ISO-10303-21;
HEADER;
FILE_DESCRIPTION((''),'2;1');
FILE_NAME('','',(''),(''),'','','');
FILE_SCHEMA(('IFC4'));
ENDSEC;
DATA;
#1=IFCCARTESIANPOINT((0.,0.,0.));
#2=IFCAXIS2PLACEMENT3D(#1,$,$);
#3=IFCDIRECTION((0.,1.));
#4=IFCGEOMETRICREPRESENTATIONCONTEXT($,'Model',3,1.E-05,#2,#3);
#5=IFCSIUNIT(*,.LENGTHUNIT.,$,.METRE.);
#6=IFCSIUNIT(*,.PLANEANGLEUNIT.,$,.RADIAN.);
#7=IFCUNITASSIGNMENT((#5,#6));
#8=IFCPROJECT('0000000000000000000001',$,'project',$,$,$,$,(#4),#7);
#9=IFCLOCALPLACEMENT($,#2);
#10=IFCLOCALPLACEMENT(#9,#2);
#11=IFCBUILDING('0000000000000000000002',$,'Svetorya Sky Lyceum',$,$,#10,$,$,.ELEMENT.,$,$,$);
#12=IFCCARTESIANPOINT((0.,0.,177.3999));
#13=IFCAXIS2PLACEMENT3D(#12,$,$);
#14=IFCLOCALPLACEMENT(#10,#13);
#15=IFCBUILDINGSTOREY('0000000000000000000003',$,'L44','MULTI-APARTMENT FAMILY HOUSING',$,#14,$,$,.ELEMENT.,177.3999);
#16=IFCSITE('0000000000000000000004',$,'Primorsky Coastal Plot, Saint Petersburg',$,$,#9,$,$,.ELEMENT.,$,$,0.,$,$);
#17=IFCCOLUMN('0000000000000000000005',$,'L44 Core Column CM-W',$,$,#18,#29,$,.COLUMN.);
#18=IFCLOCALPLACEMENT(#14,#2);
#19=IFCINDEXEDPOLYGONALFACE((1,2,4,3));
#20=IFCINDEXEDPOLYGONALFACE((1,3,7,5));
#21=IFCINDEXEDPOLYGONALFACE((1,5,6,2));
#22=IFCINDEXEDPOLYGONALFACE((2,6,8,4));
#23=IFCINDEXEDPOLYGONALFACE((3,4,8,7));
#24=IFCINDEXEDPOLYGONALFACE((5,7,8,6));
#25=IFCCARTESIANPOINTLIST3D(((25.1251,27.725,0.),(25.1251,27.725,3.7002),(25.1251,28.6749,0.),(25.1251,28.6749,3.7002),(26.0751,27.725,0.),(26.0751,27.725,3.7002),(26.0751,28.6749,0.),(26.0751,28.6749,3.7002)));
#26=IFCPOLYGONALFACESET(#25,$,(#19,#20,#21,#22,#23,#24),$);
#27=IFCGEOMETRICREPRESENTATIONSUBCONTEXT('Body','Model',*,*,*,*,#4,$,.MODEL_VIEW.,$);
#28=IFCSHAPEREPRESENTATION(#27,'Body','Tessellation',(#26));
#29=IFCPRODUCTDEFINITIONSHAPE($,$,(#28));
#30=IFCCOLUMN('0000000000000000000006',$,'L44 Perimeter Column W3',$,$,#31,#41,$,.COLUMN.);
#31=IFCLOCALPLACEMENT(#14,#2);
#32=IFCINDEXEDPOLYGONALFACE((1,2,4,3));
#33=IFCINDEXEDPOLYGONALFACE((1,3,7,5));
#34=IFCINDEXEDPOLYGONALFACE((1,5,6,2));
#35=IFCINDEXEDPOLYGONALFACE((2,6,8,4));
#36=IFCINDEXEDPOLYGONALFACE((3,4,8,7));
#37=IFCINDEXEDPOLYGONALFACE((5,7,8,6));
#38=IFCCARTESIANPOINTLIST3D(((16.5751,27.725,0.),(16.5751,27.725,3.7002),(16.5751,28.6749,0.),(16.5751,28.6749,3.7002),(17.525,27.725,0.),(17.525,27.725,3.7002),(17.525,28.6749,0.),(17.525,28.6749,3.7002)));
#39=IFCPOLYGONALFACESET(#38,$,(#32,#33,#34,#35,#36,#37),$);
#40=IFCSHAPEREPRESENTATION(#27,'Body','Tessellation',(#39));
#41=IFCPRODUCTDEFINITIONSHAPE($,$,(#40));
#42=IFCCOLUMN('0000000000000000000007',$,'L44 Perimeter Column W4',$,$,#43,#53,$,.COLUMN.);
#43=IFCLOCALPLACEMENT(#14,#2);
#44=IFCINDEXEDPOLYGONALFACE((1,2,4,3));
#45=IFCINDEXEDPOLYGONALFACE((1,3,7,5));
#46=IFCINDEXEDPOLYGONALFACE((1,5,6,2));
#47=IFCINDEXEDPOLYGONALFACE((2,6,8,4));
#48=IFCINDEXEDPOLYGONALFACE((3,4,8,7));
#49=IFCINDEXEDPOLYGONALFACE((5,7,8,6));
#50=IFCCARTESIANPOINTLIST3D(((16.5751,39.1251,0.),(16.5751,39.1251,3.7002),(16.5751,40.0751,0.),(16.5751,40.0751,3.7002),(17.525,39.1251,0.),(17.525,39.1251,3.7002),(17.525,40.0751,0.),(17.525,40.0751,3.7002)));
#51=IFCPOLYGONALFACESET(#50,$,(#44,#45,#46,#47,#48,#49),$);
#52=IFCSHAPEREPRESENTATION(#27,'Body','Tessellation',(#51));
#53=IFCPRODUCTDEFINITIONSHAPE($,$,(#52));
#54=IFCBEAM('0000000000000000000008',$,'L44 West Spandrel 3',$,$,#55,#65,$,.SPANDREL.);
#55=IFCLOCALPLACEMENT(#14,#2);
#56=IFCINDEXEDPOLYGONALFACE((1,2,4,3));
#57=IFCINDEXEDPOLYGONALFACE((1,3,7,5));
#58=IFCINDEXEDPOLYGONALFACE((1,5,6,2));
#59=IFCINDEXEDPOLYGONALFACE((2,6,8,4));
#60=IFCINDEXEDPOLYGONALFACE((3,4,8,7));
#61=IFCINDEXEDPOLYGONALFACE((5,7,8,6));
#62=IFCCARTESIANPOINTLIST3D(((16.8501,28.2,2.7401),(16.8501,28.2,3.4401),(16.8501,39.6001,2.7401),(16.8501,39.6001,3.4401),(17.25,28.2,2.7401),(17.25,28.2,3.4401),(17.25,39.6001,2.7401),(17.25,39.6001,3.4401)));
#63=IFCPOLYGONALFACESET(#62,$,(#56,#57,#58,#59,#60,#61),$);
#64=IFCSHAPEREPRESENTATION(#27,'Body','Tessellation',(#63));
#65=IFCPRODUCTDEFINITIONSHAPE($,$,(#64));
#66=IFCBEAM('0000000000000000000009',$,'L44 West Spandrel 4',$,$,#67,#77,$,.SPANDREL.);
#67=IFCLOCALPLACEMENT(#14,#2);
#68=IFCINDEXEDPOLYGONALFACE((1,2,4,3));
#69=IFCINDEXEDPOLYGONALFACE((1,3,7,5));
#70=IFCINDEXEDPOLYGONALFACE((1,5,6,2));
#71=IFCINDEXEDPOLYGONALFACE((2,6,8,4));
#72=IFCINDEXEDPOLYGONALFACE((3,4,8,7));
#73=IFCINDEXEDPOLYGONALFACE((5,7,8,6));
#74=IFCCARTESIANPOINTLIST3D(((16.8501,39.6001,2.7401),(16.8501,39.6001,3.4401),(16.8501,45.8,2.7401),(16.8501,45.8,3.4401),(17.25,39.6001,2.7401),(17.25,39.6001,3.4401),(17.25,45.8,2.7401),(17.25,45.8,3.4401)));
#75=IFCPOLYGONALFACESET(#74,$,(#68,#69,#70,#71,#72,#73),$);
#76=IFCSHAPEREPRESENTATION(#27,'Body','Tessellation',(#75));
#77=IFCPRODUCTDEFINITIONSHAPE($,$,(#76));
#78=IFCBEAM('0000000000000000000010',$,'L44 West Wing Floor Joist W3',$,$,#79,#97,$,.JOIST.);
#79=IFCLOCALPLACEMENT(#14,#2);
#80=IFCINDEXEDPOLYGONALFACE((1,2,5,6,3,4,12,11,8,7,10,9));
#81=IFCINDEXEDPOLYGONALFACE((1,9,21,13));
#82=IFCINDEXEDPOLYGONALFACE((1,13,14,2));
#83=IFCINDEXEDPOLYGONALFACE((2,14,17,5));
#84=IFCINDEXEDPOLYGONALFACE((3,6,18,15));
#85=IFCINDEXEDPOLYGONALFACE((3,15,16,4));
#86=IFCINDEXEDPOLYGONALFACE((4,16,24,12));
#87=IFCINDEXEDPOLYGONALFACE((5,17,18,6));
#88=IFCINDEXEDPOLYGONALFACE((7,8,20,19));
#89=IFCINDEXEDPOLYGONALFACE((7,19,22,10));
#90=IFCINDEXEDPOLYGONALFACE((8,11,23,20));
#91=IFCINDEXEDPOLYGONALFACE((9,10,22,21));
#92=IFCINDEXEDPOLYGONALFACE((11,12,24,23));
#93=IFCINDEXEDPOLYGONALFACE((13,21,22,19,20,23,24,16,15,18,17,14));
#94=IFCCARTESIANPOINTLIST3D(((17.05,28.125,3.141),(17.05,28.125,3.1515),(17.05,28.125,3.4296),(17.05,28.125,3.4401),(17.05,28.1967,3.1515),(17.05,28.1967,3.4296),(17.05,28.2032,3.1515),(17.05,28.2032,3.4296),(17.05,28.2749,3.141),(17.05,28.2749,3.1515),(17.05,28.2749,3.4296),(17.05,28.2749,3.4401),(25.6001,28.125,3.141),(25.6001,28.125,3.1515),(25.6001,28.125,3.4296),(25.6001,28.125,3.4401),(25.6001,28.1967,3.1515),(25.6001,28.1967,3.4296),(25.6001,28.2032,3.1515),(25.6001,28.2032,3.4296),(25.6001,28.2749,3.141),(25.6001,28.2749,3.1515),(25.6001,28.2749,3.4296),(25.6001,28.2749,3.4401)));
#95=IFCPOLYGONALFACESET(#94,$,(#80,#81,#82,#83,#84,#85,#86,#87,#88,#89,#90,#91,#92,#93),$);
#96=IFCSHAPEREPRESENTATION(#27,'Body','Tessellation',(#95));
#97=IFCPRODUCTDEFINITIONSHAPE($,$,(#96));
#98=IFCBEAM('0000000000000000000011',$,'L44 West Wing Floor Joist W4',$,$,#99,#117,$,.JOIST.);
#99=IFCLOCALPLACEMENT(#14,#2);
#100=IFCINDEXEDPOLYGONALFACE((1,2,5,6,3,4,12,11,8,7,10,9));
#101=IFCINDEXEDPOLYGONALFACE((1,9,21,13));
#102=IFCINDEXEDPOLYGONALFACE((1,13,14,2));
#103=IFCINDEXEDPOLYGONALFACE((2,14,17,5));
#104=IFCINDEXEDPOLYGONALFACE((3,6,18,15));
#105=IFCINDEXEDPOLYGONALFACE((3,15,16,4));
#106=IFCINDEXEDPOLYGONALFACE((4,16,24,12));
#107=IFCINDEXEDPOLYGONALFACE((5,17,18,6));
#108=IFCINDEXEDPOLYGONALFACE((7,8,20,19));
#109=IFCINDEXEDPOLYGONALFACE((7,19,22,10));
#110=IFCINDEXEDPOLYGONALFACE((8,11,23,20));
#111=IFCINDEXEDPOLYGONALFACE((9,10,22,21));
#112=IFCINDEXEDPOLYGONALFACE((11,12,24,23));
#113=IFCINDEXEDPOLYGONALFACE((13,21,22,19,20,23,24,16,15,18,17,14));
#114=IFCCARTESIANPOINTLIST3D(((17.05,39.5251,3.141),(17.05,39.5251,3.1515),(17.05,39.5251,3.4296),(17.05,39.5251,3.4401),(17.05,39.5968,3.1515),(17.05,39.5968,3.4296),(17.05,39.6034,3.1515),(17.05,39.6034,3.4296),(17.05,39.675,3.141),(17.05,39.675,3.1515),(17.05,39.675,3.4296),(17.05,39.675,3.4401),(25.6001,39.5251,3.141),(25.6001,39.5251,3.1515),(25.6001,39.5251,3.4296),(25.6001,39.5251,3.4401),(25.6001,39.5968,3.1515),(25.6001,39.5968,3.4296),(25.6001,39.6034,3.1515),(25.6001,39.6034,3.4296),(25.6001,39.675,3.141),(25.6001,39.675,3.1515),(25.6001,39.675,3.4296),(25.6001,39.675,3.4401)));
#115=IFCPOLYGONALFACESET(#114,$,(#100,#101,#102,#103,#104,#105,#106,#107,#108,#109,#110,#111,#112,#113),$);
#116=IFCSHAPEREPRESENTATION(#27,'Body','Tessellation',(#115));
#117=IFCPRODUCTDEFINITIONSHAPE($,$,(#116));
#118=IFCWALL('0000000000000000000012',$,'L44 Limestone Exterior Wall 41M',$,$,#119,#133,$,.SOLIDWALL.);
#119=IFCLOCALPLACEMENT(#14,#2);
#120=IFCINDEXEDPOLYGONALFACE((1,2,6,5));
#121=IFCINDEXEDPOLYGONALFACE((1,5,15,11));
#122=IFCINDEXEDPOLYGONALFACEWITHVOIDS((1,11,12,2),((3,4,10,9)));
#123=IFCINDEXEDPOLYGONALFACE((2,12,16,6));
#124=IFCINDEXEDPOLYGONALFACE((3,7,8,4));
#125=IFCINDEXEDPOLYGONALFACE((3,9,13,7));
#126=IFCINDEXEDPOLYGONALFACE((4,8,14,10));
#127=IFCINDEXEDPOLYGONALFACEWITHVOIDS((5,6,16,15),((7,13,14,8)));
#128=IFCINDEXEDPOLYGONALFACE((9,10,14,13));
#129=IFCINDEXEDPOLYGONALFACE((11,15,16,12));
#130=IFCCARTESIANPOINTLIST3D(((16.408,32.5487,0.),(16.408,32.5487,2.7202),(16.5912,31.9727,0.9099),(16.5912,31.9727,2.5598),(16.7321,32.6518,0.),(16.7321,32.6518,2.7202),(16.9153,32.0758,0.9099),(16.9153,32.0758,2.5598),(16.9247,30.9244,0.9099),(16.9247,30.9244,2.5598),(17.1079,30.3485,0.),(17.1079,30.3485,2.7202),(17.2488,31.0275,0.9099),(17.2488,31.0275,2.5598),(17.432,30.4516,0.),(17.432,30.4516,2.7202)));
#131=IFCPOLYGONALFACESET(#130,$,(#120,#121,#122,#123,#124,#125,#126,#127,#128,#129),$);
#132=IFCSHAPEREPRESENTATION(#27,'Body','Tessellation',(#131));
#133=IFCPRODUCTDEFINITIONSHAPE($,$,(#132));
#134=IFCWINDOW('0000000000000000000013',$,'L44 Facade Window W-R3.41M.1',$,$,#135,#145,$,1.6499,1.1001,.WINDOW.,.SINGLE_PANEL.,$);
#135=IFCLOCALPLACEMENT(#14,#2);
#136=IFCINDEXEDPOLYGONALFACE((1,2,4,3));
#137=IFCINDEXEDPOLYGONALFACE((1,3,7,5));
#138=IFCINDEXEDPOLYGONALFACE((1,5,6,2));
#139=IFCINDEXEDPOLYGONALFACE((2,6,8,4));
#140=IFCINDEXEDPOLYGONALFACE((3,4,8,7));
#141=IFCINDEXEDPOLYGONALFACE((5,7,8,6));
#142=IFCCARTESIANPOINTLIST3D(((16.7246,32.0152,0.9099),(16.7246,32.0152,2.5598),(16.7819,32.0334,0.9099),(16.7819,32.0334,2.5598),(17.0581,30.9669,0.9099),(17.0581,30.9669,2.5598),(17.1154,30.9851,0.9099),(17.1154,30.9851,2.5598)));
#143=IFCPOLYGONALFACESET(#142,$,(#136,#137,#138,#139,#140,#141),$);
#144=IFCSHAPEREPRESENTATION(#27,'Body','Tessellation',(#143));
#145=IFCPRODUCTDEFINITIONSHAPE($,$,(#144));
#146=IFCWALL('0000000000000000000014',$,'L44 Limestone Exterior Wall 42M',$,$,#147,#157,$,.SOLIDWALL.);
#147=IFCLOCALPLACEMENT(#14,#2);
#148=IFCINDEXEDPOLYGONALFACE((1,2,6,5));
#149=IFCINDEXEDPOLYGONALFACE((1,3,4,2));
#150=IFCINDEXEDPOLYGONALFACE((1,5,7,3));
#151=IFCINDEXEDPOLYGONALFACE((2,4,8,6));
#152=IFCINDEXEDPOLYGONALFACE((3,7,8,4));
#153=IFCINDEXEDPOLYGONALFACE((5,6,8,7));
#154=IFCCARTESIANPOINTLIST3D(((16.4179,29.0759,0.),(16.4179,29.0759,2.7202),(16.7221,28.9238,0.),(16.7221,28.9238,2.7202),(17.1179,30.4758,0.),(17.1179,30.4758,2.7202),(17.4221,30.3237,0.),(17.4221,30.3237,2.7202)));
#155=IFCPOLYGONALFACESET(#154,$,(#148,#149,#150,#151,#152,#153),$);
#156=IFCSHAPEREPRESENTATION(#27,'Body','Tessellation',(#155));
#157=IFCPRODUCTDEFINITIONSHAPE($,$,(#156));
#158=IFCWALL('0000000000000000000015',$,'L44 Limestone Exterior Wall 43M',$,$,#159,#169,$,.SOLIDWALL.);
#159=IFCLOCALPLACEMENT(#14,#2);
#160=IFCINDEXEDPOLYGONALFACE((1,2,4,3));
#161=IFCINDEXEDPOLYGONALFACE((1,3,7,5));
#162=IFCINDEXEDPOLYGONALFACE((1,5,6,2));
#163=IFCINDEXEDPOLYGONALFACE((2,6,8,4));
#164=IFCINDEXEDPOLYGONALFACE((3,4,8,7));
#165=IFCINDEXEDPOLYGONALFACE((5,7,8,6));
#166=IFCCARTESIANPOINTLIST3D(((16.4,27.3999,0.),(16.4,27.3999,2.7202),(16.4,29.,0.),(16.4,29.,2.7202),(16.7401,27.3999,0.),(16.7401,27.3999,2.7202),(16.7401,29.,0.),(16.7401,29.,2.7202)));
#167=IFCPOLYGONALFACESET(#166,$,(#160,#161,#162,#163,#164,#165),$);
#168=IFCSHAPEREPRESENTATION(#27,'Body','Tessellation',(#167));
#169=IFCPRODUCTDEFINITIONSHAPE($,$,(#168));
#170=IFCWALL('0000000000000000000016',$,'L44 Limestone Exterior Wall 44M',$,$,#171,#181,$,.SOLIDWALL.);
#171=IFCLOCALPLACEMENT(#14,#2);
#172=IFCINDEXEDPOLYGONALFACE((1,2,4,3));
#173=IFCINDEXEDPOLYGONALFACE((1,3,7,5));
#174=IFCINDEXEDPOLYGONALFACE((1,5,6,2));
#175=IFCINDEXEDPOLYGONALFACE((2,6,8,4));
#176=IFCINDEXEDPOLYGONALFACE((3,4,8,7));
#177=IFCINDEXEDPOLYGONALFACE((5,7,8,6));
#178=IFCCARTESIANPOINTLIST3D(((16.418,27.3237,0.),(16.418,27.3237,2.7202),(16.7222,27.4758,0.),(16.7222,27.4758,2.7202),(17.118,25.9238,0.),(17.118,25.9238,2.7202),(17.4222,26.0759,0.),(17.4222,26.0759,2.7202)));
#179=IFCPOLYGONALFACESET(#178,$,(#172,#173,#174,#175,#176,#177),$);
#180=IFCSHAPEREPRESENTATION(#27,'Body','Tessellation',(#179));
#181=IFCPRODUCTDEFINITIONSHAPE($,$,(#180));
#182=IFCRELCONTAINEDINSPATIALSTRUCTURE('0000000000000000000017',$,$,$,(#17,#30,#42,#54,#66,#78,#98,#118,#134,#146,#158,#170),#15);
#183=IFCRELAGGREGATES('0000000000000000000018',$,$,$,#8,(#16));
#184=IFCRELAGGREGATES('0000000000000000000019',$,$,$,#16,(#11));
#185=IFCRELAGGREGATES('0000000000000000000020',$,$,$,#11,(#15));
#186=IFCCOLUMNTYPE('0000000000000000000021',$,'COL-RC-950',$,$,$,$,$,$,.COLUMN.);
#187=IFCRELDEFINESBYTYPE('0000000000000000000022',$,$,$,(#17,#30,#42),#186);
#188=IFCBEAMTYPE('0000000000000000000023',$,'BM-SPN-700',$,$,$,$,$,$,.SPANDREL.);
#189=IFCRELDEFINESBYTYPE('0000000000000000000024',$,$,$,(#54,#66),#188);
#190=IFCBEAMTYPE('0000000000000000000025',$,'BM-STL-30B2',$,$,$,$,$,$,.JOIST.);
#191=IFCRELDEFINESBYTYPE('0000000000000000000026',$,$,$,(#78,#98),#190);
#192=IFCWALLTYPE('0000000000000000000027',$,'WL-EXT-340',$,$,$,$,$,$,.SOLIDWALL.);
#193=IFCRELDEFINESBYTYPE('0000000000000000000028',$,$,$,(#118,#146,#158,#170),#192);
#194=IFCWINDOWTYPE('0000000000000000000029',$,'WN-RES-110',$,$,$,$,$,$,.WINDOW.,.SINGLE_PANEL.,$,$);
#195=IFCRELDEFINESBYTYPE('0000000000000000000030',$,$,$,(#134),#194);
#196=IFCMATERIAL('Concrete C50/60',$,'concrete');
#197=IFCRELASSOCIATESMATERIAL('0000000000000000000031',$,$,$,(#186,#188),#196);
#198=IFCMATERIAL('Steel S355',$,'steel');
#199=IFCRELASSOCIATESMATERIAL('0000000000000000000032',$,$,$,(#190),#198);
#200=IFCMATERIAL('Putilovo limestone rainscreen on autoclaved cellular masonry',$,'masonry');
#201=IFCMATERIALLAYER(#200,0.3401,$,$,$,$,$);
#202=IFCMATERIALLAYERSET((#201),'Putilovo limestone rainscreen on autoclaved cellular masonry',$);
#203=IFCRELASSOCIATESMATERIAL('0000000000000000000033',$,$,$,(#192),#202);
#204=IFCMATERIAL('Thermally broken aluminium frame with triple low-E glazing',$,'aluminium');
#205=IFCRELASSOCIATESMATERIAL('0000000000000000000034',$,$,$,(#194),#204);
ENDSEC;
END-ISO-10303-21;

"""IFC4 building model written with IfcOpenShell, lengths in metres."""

from ifc_helpers import new_model, si_unit, direction, frame, frame_2d, origin, origin_2d, place, context, subcontext, project, spatial, rectangle, i_section, extrude, material, layer, layer_set, material_profile, profile_set, type_object, element, fill, save


model = new_model("IFC4")

# Units and contexts
model_context = context("Model", 3, precision=1e-05, world=origin(), true_north=direction((0.0, 1.0)))
body_context = subcontext(model_context, "Body", "Model", "MODEL_VIEW")
ifc_project = project(units=[si_unit("LENGTHUNIT", "METRE"), si_unit("PLANEANGLEUNIT", "RADIAN")], contexts=[model_context])

# Site, building, storey
site_placement = place(None, origin())
site = spatial("IfcSite", under=ifc_project, at=site_placement, Name="Primorsky Coastal Plot, Saint Petersburg", CompositionType="ELEMENT", RefElevation=0.0)
building_placement = place(site_placement, origin())
building = spatial("IfcBuilding", under=site, at=building_placement, Name="Svetorya Sky Lyceum", CompositionType="ELEMENT")
storey_placement = place(building_placement, frame((0.0, 0.0, 177.3999)))
storey = spatial("IfcBuildingStorey", under=building, at=storey_placement, Name="L44", Description="MULTI-APARTMENT FAMILY HOUSING", CompositionType="ELEMENT", Elevation=177.3999)

# Columns
ifc_material_1 = material(Name="Concrete C50/60", Category="concrete")
ifc_material_profile_1 = material_profile(ifc_material_1, rectangle(XDim=0.95, YDim=0.95, at=origin_2d()), Name="RC COL 950x950")
ifc_profile_set_1 = profile_set([ifc_material_profile_1], Name="Concrete C50/60")
column_type = type_object("IfcColumnType", Name="COL-RC-950", PredefinedType="COLUMN", material=ifc_profile_set_1)
for number, where, z_axis, x_axis, name in (
    (1, (25.6001, 28.2, 0.0), (0.0, 0.0, 1.0), (1.0, 0.0, 0.0), "L44 Core Column CM-W"),
    (2, (17.05, 28.2, 0.0), (0.0, 0.0, 1.0), (1.0, 0.0, 0.0), "L44 Perimeter Column W3"),
    (3, (17.05, 39.6001, 0.0), (0.0, 0.0, 1.0), (1.0, 0.0, 0.0), "L44 Perimeter Column W4"),
):
    element("IfcColumn", number, at=place(storey_placement, frame(where, z_axis=z_axis, x_axis=x_axis)), inside=storey, type_object=column_type, Name=name, PredefinedType="COLUMN", context=body_context, shape_type="SweptSolid", body=[
        extrude(rectangle(XDim=0.95, YDim=0.95, at=origin_2d()), origin(), (0.0, 0.0, 1.0), 3.7002),
    ])

# Beams
ifc_material_profile_2 = material_profile(ifc_material_1, rectangle(XDim=0.3999, YDim=0.7, at=origin_2d()), Name="RC SPANDREL 400x700")
ifc_profile_set_2 = profile_set([ifc_material_profile_2], Name="Concrete C50/60")
beam_type_1 = type_object("IfcBeamType", Name="BM-SPN-700", PredefinedType="SPANDREL", material=ifc_profile_set_2)
beam_1_placement = place(storey_placement, frame((17.05, 28.2, 3.0901), z_axis=(0.0, 1.0, 0.0), x_axis=(-1.0, 0.0, 0.0)))
element("IfcBeam", 4, at=beam_1_placement, inside=storey, type_object=beam_type_1, Name="L44 West Spandrel 3", PredefinedType="SPANDREL", context=body_context, shape_type="SweptSolid", body=[
    extrude(rectangle(XDim=0.3999, YDim=0.7, at=origin_2d()), origin(), (0.0, 0.0, 1.0), 11.4001),
])
beam_2_placement = place(storey_placement, frame((17.05, 39.6001, 3.0901), z_axis=(0.0, 1.0, 0.0), x_axis=(-1.0, 0.0, 0.0)))
element("IfcBeam", 5, at=beam_2_placement, inside=storey, type_object=beam_type_1, Name="L44 West Spandrel 4", PredefinedType="SPANDREL", context=body_context, shape_type="SweptSolid", body=[
    extrude(rectangle(XDim=0.3999, YDim=0.7, at=origin_2d()), origin(), (0.0, 0.0, 1.0), 6.2),
])
ifc_material_2 = material(Name="Steel S355", Category="steel")
ifc_material_profile_3 = material_profile(ifc_material_2, i_section(OverallWidth=0.1499, OverallDepth=0.2991, WebThickness=0.0066, FlangeThickness=0.0105, at=origin_2d()), Name="GOST 30B2")
ifc_profile_set_3 = profile_set([ifc_material_profile_3], Name="Steel S355")
beam_type_2 = type_object("IfcBeamType", Name="BM-STL-30B2", PredefinedType="JOIST", material=ifc_profile_set_3)
for number, where, z_axis, x_axis, name in (
    (6, (17.05, 28.2, 3.2905), (1.0, 0.0, 0.0), (0.0, 1.0, 0.0), "L44 West Wing Floor Joist W3"),
    (7, (17.05, 39.6001, 3.2905), (1.0, 0.0, 0.0), (0.0, 1.0, 0.0), "L44 West Wing Floor Joist W4"),
):
    element("IfcBeam", number, at=place(storey_placement, frame(where, z_axis=z_axis, x_axis=x_axis)), inside=storey, type_object=beam_type_2, Name=name, PredefinedType="JOIST", context=body_context, shape_type="SweptSolid", body=[
        extrude(i_section(OverallWidth=0.1499, OverallDepth=0.2991, WebThickness=0.0066, FlangeThickness=0.0105, at=origin_2d()), origin(), (0.0, 0.0, 1.0), 8.55),
    ])

# Wall, opening, window
ifc_material_3 = material(Name="Putilovo limestone rainscreen on autoclaved cellular masonry", Category="masonry")
ifc_layer_1 = layer(ifc_material_3, 0.3401)
ifc_layer_set_1 = layer_set([ifc_layer_1], Name="Putilovo limestone rainscreen on autoclaved cellular masonry")
wall_type_1 = type_object("IfcWallType", Name="WL-EXT-340", PredefinedType="SOLIDWALL", material=ifc_layer_set_1)
wall_1_placement = place(storey_placement, frame((16.5701, 32.6001, 0.0), z_axis=(0.0, 0.0, 1.0), x_axis=(0.30316, -0.95294, 0.0)))
wall_1 = element("IfcWall", 8, at=wall_1_placement, inside=storey, type_object=wall_type_1, Name="L44 Limestone Exterior Wall 41M", PredefinedType="SOLIDWALL", context=body_context, shape_type="SweptSolid", body=[
    extrude(rectangle(XDim=2.3088, YDim=0.3401, at=frame_2d((1.1543, 0.0))), origin(), (0.0, 0.0, 1.0), 2.7202),
])
opening_1_placement = place(wall_1_placement, frame((0.6042, 0.0, 0.9099)))
opening_1 = element("IfcOpeningElement", 9, at=opening_1_placement, cuts=wall_1, PredefinedType="OPENING", context=body_context, shape_type="SweptSolid", body=[
    extrude(rectangle(XDim=1.1001, YDim=1.6499, at=frame_2d((0.55, 0.825))), frame((0.0, 0.1799, 0.0), z_axis=(0.0, -1.0, 0.0), x_axis=(1.0, 0.0, 0.0)), (0.0, 0.0, 1.0), 0.3601),
])
ifc_material_4 = material(Name="Thermally broken aluminium frame with triple low-E glazing", Category="aluminium")
window_type = type_object("IfcWindowType", Name="WN-RES-110", PartitioningType="SINGLE_PANEL", PredefinedType="WINDOW", material=ifc_material_4)
window_placement = place(opening_1_placement, origin())
window = element("IfcWindow", 10, at=window_placement, inside=storey, type_object=window_type, Name="L44 Facade Window W-R3.41M.1", OverallHeight=1.6499, OverallWidth=1.1001, PartitioningType="SINGLE_PANEL", PredefinedType="WINDOW", context=body_context, shape_type="SweptSolid", body=[
    extrude(rectangle(XDim=1.1001, YDim=1.6499, at=frame_2d((0.55, 0.825))), frame((0.0, 0.03, 0.0), z_axis=(0.0, -1.0, 0.0), x_axis=(1.0, 0.0, 0.0)), (0.0, 0.0, 1.0), 0.0601),
])
fill(opening_1, window)

# Walls
wall_2_placement = place(storey_placement, frame((17.27, 30.3999, 0.0), z_axis=(0.0, 0.0, 1.0), x_axis=(-0.447214, -0.894427, 0.0)))
element("IfcWall", 11, at=wall_2_placement, inside=storey, type_object=wall_type_1, Name="L44 Limestone Exterior Wall 42M", PredefinedType="SOLIDWALL", context=body_context, shape_type="SweptSolid", body=[
    extrude(rectangle(XDim=1.5652, YDim=0.3401, at=frame_2d((0.7827, 0.0))), origin(), (0.0, 0.0, 1.0), 2.7202),
])
wall_3_placement = place(storey_placement, frame((16.5701, 29.0, 0.0), z_axis=(0.0, 0.0, 1.0), x_axis=(0.0, -1.0, 0.0)))
element("IfcWall", 12, at=wall_3_placement, inside=storey, type_object=wall_type_1, Name="L44 Limestone Exterior Wall 43M", PredefinedType="SOLIDWALL", context=body_context, shape_type="SweptSolid", body=[
    extrude(rectangle(XDim=1.6001, YDim=0.3401, at=frame_2d((0.8, 0.0))), origin(), (0.0, 0.0, 1.0), 2.7202),
])
wall_4_placement = place(storey_placement, frame((16.5701, 27.3999, 0.0), z_axis=(0.0, 0.0, 1.0), x_axis=(0.447214, -0.894427, 0.0)))
element("IfcWall", 13, at=wall_4_placement, inside=storey, type_object=wall_type_1, Name="L44 Limestone Exterior Wall 44M", PredefinedType="SOLIDWALL", context=body_context, shape_type="SweptSolid", body=[
    extrude(rectangle(XDim=1.5652, YDim=0.3401, at=frame_2d((0.7827, 0.0))), origin(), (0.0, 0.0, 1.0), 2.7202),
])

save(model, "model.ifc")
